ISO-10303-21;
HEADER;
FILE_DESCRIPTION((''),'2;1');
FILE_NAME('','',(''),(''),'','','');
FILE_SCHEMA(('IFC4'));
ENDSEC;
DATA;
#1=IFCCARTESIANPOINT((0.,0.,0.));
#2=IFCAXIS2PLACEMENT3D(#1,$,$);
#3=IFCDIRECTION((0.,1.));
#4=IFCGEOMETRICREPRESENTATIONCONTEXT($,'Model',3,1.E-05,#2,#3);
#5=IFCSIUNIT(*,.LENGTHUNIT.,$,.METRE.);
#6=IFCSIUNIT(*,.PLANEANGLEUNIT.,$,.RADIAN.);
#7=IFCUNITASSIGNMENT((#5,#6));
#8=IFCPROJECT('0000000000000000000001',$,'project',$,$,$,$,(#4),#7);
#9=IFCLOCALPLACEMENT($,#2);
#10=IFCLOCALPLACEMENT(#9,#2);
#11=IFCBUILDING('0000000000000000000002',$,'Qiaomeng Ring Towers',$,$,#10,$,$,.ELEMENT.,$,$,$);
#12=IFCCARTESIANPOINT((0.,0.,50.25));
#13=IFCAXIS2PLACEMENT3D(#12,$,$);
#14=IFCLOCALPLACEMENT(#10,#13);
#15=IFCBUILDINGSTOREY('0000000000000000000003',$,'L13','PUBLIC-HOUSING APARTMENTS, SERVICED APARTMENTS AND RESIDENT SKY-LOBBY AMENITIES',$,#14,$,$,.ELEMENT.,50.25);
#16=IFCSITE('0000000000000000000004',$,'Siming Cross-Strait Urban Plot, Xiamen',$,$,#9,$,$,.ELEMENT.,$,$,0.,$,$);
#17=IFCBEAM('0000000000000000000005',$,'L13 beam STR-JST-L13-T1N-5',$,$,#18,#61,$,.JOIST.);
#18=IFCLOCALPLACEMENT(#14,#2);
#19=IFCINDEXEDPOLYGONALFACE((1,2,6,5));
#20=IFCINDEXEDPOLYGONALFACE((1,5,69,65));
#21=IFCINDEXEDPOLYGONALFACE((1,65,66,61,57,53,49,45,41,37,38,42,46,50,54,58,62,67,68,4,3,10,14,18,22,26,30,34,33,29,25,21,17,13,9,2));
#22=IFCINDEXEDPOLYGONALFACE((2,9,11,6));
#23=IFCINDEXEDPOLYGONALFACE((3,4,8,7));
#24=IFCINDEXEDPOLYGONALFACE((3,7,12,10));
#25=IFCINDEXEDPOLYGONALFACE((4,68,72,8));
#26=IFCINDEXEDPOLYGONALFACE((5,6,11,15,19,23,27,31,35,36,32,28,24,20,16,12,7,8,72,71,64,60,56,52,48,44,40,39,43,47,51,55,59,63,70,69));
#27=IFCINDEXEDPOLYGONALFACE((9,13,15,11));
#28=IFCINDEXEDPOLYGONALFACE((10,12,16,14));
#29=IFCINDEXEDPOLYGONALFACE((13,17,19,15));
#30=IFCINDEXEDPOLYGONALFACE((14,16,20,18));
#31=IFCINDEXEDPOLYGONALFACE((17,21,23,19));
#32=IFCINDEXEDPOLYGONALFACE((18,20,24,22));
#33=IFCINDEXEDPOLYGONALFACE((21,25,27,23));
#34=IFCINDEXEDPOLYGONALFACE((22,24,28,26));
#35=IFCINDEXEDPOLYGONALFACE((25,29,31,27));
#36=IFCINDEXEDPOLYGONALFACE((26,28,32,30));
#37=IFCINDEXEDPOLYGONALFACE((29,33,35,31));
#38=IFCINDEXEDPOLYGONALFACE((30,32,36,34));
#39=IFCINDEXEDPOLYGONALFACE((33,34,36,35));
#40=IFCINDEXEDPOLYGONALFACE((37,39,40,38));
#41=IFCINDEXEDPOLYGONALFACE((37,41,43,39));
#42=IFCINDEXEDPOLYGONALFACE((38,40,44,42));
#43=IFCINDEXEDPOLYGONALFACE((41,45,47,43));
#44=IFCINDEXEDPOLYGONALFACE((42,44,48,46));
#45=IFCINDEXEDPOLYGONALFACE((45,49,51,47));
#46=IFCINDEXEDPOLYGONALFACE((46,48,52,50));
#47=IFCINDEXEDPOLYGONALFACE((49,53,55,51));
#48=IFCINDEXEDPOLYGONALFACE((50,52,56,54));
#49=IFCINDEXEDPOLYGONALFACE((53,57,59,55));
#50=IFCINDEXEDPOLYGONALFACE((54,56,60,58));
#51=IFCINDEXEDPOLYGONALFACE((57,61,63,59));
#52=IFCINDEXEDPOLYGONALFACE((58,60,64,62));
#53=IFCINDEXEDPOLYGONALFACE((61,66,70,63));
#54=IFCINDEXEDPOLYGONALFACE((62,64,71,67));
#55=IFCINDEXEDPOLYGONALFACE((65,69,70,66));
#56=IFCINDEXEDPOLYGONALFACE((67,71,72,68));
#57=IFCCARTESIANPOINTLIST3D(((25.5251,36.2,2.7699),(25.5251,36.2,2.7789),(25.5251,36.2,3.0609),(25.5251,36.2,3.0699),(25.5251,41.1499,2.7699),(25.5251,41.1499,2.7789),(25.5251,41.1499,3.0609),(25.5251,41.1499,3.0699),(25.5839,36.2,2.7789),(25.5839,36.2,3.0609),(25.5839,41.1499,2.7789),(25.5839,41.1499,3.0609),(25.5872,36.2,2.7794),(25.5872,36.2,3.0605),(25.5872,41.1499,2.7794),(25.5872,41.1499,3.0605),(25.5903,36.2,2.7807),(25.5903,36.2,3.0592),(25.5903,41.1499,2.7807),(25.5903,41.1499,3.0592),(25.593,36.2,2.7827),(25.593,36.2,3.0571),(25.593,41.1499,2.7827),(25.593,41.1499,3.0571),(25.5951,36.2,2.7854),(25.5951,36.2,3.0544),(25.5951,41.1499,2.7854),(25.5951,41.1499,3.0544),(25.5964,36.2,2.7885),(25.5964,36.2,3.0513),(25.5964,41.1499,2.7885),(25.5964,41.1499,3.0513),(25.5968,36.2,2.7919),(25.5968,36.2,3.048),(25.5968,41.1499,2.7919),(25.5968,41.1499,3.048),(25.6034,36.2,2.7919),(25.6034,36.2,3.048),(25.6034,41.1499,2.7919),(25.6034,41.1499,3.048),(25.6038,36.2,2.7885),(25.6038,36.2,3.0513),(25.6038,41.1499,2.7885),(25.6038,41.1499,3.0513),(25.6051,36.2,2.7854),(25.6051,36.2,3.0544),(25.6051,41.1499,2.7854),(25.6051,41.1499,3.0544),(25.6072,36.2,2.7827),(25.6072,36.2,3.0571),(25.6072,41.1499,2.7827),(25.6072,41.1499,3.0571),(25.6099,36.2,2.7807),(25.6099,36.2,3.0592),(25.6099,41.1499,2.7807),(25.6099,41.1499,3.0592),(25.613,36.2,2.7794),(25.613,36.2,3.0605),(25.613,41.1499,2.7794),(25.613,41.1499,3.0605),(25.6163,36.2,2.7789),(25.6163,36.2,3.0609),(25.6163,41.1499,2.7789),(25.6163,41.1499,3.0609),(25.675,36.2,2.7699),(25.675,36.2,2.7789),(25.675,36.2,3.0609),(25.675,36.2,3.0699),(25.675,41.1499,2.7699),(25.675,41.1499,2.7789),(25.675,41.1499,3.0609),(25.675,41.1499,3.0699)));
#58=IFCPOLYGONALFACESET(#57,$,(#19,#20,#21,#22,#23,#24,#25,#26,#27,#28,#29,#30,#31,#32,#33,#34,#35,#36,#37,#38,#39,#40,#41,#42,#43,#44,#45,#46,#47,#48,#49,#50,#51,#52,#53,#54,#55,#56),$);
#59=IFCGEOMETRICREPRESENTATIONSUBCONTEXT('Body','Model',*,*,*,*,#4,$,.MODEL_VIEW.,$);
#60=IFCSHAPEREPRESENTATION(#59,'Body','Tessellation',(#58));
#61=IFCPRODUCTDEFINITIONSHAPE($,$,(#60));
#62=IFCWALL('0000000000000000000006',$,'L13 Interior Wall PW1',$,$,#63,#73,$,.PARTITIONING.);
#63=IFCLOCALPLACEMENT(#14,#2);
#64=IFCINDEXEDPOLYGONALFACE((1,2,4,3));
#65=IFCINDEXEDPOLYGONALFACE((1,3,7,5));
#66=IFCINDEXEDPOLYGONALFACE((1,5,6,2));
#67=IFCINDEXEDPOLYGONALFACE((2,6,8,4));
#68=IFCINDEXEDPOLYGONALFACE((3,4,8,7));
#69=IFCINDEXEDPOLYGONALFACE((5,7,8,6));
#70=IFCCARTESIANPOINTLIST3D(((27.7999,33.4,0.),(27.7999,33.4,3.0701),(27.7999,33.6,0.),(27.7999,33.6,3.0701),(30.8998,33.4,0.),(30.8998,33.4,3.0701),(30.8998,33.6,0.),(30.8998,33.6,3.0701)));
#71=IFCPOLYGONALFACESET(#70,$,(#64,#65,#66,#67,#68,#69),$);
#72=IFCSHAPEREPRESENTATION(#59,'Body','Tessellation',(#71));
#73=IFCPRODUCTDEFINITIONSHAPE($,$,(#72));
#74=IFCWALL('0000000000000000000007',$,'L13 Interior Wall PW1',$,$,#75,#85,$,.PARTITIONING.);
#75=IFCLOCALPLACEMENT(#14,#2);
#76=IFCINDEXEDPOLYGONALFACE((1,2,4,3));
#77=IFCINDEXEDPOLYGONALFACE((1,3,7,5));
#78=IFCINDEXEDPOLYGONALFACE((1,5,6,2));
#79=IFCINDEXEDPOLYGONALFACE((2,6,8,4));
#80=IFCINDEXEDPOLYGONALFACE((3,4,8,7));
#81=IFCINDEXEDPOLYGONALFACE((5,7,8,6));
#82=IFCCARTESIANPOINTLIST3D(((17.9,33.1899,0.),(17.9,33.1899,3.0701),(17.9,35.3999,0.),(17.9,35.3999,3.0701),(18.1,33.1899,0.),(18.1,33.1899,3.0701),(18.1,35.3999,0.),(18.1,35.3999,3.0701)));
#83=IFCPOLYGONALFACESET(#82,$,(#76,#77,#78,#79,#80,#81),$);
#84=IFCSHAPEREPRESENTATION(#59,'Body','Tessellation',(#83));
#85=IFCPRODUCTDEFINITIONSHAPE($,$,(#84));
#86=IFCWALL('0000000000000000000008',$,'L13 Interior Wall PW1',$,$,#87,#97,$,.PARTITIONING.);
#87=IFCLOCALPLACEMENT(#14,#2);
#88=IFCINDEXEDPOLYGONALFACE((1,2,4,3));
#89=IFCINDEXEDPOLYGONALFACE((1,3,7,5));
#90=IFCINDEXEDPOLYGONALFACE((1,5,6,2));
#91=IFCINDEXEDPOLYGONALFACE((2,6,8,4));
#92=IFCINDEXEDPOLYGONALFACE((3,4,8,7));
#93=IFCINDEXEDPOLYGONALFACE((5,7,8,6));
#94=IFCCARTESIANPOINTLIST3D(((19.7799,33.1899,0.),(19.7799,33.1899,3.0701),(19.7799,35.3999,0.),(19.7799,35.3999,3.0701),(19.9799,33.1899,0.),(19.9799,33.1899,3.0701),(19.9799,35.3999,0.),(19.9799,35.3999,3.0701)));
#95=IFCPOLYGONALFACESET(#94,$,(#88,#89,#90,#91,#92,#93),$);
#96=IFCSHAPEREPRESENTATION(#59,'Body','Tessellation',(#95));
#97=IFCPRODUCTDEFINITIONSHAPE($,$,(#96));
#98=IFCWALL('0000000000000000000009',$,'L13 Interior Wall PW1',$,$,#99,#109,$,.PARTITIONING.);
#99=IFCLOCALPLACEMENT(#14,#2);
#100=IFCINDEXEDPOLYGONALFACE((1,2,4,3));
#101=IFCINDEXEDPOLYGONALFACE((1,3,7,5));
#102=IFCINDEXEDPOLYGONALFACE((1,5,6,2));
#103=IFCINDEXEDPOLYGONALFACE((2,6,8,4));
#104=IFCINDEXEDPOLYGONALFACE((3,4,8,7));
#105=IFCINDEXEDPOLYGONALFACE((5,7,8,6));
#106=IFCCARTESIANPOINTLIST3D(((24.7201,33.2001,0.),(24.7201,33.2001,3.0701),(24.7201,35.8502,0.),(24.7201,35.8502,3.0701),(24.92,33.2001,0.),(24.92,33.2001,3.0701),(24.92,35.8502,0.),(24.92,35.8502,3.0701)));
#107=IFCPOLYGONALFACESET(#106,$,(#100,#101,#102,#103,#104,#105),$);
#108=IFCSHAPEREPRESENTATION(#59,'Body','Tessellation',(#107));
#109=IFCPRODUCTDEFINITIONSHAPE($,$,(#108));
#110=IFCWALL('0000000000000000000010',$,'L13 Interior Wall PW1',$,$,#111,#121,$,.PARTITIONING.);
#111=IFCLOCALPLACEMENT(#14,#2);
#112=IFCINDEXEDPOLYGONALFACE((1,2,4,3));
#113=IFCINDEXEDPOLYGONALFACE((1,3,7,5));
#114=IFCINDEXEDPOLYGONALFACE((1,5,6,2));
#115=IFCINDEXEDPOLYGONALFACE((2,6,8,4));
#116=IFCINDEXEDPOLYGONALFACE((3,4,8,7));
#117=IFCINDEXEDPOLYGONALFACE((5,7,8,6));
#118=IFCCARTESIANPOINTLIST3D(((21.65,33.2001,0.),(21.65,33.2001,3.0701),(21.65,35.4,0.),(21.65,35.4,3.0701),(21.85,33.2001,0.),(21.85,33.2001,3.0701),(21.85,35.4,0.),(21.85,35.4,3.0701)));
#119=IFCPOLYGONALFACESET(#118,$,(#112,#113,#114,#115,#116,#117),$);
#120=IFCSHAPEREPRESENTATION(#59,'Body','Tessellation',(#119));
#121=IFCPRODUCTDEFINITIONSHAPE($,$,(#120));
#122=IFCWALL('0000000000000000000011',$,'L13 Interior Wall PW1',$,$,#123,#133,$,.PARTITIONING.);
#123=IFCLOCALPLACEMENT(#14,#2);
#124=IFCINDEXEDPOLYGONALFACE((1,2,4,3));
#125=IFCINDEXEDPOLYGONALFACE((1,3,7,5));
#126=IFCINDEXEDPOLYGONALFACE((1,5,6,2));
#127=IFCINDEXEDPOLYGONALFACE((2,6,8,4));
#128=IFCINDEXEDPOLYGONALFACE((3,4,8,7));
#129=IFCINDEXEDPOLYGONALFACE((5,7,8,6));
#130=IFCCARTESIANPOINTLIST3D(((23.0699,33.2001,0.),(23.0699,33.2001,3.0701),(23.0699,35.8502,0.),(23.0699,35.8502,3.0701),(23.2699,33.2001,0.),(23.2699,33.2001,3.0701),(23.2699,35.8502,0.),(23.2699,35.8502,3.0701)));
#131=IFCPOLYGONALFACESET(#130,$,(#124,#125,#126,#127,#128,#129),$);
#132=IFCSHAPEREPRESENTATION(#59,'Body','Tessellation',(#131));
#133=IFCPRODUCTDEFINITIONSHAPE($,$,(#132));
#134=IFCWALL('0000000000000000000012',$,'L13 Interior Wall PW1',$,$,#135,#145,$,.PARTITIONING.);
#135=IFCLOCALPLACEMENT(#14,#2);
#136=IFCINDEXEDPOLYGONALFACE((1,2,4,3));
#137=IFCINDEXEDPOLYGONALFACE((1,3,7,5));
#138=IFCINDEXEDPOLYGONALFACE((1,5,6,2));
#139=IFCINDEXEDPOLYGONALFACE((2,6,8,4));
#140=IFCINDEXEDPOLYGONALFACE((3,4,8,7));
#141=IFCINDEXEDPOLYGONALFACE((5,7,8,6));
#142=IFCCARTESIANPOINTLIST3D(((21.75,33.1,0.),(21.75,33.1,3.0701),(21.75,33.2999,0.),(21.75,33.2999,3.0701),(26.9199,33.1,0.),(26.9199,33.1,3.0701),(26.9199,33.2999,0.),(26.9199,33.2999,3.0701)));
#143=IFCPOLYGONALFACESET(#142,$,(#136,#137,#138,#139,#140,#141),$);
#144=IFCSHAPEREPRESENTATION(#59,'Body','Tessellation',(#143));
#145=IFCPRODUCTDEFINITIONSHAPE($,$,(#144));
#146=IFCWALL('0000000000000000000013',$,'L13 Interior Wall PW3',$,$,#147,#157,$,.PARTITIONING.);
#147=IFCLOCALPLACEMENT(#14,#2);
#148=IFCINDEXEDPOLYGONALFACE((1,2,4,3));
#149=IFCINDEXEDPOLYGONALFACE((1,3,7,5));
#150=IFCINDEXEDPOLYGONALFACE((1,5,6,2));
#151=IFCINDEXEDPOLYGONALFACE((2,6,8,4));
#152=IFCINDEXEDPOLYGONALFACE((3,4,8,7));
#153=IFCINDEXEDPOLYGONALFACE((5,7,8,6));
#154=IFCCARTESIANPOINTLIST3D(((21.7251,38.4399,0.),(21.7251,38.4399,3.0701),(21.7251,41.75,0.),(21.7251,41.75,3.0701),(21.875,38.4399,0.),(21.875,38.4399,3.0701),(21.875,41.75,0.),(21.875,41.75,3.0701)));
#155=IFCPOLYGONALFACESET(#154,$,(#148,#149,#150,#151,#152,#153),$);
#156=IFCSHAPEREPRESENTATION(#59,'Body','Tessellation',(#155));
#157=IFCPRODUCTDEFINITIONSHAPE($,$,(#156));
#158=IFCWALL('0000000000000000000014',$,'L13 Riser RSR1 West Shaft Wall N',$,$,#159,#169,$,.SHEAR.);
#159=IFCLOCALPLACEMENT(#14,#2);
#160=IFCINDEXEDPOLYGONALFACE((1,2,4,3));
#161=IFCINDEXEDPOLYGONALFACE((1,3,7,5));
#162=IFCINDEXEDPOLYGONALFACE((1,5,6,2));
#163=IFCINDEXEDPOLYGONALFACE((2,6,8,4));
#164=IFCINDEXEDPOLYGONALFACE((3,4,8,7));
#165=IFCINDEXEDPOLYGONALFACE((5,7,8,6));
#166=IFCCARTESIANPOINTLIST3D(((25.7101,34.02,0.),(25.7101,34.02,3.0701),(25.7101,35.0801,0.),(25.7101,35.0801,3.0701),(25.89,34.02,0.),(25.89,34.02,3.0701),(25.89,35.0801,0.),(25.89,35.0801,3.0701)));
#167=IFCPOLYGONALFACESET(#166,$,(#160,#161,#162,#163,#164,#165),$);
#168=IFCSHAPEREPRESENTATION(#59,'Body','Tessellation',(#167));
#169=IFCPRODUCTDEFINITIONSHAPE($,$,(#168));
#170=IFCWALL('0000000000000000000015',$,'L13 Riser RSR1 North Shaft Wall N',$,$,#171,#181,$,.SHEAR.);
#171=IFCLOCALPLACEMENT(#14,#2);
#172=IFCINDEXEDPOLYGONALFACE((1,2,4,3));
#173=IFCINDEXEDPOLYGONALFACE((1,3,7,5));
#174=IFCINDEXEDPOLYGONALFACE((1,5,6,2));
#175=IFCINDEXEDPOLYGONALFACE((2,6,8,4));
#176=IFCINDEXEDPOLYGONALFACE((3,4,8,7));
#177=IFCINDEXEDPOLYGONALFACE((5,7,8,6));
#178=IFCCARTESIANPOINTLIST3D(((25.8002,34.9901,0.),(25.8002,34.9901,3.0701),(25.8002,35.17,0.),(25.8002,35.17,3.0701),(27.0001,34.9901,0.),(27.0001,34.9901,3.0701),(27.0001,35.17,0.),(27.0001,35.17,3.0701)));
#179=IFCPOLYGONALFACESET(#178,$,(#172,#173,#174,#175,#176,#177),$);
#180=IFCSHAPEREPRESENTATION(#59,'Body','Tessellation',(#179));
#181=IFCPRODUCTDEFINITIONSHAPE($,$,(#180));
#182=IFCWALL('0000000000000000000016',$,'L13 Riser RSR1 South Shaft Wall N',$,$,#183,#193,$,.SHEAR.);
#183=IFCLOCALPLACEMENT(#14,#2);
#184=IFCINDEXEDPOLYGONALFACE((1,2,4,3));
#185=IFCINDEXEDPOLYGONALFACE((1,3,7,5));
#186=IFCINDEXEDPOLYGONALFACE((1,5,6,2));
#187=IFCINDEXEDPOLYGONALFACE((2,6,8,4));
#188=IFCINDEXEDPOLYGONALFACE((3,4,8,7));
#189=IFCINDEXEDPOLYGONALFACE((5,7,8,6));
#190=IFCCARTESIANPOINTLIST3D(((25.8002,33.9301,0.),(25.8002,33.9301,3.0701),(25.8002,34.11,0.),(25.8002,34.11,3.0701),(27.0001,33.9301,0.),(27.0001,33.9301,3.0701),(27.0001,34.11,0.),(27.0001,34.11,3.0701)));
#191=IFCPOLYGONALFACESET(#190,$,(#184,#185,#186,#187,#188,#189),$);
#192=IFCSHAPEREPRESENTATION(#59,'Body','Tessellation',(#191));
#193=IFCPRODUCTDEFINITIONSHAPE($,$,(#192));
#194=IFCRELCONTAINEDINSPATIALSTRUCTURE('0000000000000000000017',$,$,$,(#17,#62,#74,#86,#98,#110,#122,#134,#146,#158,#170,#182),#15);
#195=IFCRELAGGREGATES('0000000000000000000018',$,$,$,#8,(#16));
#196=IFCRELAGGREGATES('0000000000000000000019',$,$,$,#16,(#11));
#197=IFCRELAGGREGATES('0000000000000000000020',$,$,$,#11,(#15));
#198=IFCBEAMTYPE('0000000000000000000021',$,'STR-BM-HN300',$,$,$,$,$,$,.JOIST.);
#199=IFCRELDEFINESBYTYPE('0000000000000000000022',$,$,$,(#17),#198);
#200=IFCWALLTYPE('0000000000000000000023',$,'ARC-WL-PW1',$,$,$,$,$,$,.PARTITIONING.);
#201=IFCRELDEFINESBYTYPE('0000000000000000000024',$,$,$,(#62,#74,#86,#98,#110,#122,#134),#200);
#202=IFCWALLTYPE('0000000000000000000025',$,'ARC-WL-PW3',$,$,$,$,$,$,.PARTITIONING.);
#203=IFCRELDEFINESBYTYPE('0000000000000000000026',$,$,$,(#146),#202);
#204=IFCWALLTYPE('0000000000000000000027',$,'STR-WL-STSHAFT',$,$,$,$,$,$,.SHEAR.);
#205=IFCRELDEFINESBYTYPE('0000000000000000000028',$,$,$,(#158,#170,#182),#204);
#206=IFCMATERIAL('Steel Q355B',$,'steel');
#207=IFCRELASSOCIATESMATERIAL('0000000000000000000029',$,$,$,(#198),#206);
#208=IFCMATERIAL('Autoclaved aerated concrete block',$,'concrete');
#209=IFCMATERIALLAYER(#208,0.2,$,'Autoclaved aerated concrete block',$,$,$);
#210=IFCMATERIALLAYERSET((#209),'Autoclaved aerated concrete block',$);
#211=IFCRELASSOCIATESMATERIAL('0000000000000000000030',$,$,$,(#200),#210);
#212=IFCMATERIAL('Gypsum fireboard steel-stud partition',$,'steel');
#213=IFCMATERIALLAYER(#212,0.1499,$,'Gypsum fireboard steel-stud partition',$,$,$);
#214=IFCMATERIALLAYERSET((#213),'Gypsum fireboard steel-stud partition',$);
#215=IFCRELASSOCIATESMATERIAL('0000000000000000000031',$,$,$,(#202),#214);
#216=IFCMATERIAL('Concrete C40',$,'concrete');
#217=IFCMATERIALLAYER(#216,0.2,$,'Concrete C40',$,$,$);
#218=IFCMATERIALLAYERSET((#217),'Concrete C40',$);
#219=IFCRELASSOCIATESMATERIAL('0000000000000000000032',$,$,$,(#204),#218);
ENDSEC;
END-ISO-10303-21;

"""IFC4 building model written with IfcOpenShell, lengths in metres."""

from ifc_helpers import new_model, si_unit, direction, frame, frame_2d, origin, origin_2d, place, context, subcontext, project, spatial, rectangle, i_section, extrude, source, transform, mapped, material, layer, layer_set, material_profile, profile_set, type_object, element, save


model = new_model("IFC4")

# Units and contexts
model_context = context("Model", 3, precision=1e-05, world=origin(), true_north=direction((0.0, 1.0)))
body_context = subcontext(model_context, "Body", "Model", "MODEL_VIEW")
ifc_project = project(units=[si_unit("LENGTHUNIT", "METRE"), si_unit("PLANEANGLEUNIT", "RADIAN")], contexts=[model_context])

# Site, building, storey
site_placement = place(None, origin())
site = spatial("IfcSite", under=ifc_project, at=site_placement, Name="Siming Cross-Strait Urban Plot, Xiamen", CompositionType="ELEMENT", RefElevation=0.0)
building_placement = place(site_placement, origin())
building = spatial("IfcBuilding", under=site, at=building_placement, Name="Qiaomeng Ring Towers", CompositionType="ELEMENT")
storey_placement = place(building_placement, frame((0.0, 0.0, 50.25)))
storey = spatial("IfcBuildingStorey", under=building, at=storey_placement, Name="L13", Description="PUBLIC-HOUSING APARTMENTS, SERVICED APARTMENTS AND RESIDENT SKY-LOBBY AMENITIES", CompositionType="ELEMENT", Elevation=50.25)

# Beam
ifc_material_1 = material(Name="Steel Q355B", Category="steel")
ifc_material_profile_1 = material_profile(ifc_material_1, i_section(OverallWidth=0.1499, OverallDepth=0.3, WebThickness=0.0066, FlangeThickness=0.009, FilletRadius=0.0129, at=origin_2d()), Name="HN 300x150x6.5x9")
ifc_profile_set_1 = profile_set([ifc_material_profile_1], Name="Steel Q355B")
beam_type_1 = type_object("IfcBeamType", Name="STR-BM-HN300", PredefinedType="JOIST", material=ifc_profile_set_1)
shared_shape_1 = source(origin(), body_context, "Body", "SweptSolid", [
    extrude(i_section(OverallWidth=0.1499, OverallDepth=0.3, WebThickness=0.0066, FlangeThickness=0.009, FilletRadius=0.0129, at=origin_2d()), origin(), (0.0, 0.0, 1.0), 4.95),
])
for number, where, z_axis, x_axis, name in (
    (1, (25.6001, 36.2, 2.9199), (0.0, 1.0, 0.0), (-1.0, 0.0, 0.0), "L13 beam STR-JST-L13-T1N-5"),
):
    element("IfcBeam", number, at=place(storey_placement, frame(where, z_axis=z_axis, x_axis=x_axis)), inside=storey, type_object=beam_type_1, Name=name, PredefinedType="JOIST", context=body_context, shape_type="MappedRepresentation", body=[
        mapped(shared_shape_1, transform((0.0, 0.0, 0.0), x_axis=(1.0, 0.0, 0.0), y_axis=(0.0, 1.0, 0.0), z_axis=(0.0, 0.0, 1.0), scale=1.0)),
    ])

# Walls
ifc_material_2 = material(Name="Autoclaved aerated concrete block", Category="concrete")
ifc_layer_1 = layer(ifc_material_2, 0.2, Name="Autoclaved aerated concrete block")
ifc_layer_set_1 = layer_set([ifc_layer_1], Name="Autoclaved aerated concrete block")
wall_type_1 = type_object("IfcWallType", Name="ARC-WL-PW1", PredefinedType="PARTITIONING", material=ifc_layer_set_1)
wall_1_placement = place(storey_placement, frame((27.8, 33.5, 0.0), z_axis=(0.0, 0.0, 1.0), x_axis=(1.0, 0.0, 0.0)))
element("IfcWall", 2, at=wall_1_placement, inside=storey, type_object=wall_type_1, Name="L13 Interior Wall PW1", PredefinedType="PARTITIONING", context=body_context, shape_type="SweptSolid", body=[
    extrude(rectangle(XDim=3.0999, YDim=0.2, at=frame_2d((1.5498, 0.0))), origin(), (0.0, 0.0, 1.0), 3.0701),
])
for number, where, z_axis, x_axis, name in (
    (3, (18.0, 33.1899, 0.0), (0.0, 0.0, 1.0), (0.0, 1.0, 0.0), "L13 Interior Wall PW1"),
    (4, (19.8799, 33.1899, 0.0), (0.0, 0.0, 1.0), (0.0, 1.0, 0.0), "L13 Interior Wall PW1"),
):
    element("IfcWall", number, at=place(storey_placement, frame(where, z_axis=z_axis, x_axis=x_axis)), inside=storey, type_object=wall_type_1, Name=name, PredefinedType="PARTITIONING", context=body_context, shape_type="SweptSolid", body=[
        extrude(rectangle(XDim=2.21, YDim=0.2, at=frame_2d((1.105, 0.0))), origin(), (0.0, 0.0, 1.0), 3.0701),
    ])
wall_2_placement = place(storey_placement, frame((24.8201, 33.2, 0.0), z_axis=(0.0, 0.0, 1.0), x_axis=(0.0, 1.0, 0.0)))
element("IfcWall", 5, at=wall_2_placement, inside=storey, type_object=wall_type_1, Name="L13 Interior Wall PW1", PredefinedType="PARTITIONING", context=body_context, shape_type="SweptSolid", body=[
    extrude(rectangle(XDim=2.6501, YDim=0.2, at=frame_2d((1.3252, 0.0))), origin(), (0.0, 0.0, 1.0), 3.0701),
])
wall_3_placement = place(storey_placement, frame((21.75, 33.2, 0.0), z_axis=(0.0, 0.0, 1.0), x_axis=(0.0, 1.0, 0.0)))
element("IfcWall", 6, at=wall_3_placement, inside=storey, type_object=wall_type_1, Name="L13 Interior Wall PW1", PredefinedType="PARTITIONING", context=body_context, shape_type="SweptSolid", body=[
    extrude(rectangle(XDim=2.2, YDim=0.2, at=frame_2d((1.1001, 0.0))), origin(), (0.0, 0.0, 1.0), 3.0701),
])
wall_4_placement = place(storey_placement, frame((23.1699, 33.2, 0.0), z_axis=(0.0, 0.0, 1.0), x_axis=(0.0, 1.0, 0.0)))
element("IfcWall", 7, at=wall_4_placement, inside=storey, type_object=wall_type_1, Name="L13 Interior Wall PW1", PredefinedType="PARTITIONING", context=body_context, shape_type="SweptSolid", body=[
    extrude(rectangle(XDim=2.6501, YDim=0.2, at=frame_2d((1.3252, 0.0))), origin(), (0.0, 0.0, 1.0), 3.0701),
])
wall_5_placement = place(storey_placement, frame((21.75, 33.2, 0.0), z_axis=(0.0, 0.0, 1.0), x_axis=(1.0, 0.0, 0.0)))
element("IfcWall", 8, at=wall_5_placement, inside=storey, type_object=wall_type_1, Name="L13 Interior Wall PW1", PredefinedType="PARTITIONING", context=body_context, shape_type="SweptSolid", body=[
    extrude(rectangle(XDim=5.1699, YDim=0.2, at=frame_2d((2.585, 0.0))), origin(), (0.0, 0.0, 1.0), 3.0701),
])
ifc_material_3 = material(Name="Gypsum fireboard steel-stud partition", Category="steel")
ifc_layer_2 = layer(ifc_material_3, 0.1499, Name="Gypsum fireboard steel-stud partition")
ifc_layer_set_2 = layer_set([ifc_layer_2], Name="Gypsum fireboard steel-stud partition")
wall_type_2 = type_object("IfcWallType", Name="ARC-WL-PW3", PredefinedType="PARTITIONING", material=ifc_layer_set_2)
wall_6_placement = place(storey_placement, frame((21.8, 38.4399, 0.0), z_axis=(0.0, 0.0, 1.0), x_axis=(0.0, 1.0, 0.0)))
element("IfcWall", 9, at=wall_6_placement, inside=storey, type_object=wall_type_2, Name="L13 Interior Wall PW3", PredefinedType="PARTITIONING", context=body_context, shape_type="SweptSolid", body=[
    extrude(rectangle(XDim=3.3101, YDim=0.1499, at=frame_2d((1.655, 0.0))), origin(), (0.0, 0.0, 1.0), 3.0701),
])
ifc_material_4 = material(Name="Concrete C40", Category="concrete")
ifc_layer_3 = layer(ifc_material_4, 0.2, Name="Concrete C40")
ifc_layer_set_3 = layer_set([ifc_layer_3], Name="Concrete C40")
wall_type_3 = type_object("IfcWallType", Name="STR-WL-STSHAFT", PredefinedType="SHEAR", material=ifc_layer_set_3)
wall_7_placement = place(storey_placement, frame((25.8, 34.02, 0.0), z_axis=(0.0, 0.0, 1.0), x_axis=(0.0, 1.0, 0.0)))
element("IfcWall", 10, at=wall_7_placement, inside=storey, type_object=wall_type_3, Name="L13 Riser RSR1 West Shaft Wall N", PredefinedType="SHEAR", context=body_context, shape_type="SweptSolid", body=[
    extrude(rectangle(XDim=1.0601, YDim=0.1799, at=frame_2d((0.53, 0.0))), origin(), (0.0, 0.0, 1.0), 3.0701),
])
for number, where, z_axis, x_axis, name in (
    (11, (25.8, 35.0801, 0.0), (0.0, 0.0, 1.0), (1.0, 0.0, 0.0), "L13 Riser RSR1 North Shaft Wall N"),
    (12, (25.8, 34.02, 0.0), (0.0, 0.0, 1.0), (1.0, 0.0, 0.0), "L13 Riser RSR1 South Shaft Wall N"),
):
    element("IfcWall", number, at=place(storey_placement, frame(where, z_axis=z_axis, x_axis=x_axis)), inside=storey, type_object=wall_type_3, Name=name, PredefinedType="SHEAR", context=body_context, shape_type="SweptSolid", body=[
        extrude(rectangle(XDim=1.2, YDim=0.1799, at=frame_2d((0.6001, 0.0))), origin(), (0.0, 0.0, 1.0), 3.0701),
    ])

save(model, "model.ifc")
